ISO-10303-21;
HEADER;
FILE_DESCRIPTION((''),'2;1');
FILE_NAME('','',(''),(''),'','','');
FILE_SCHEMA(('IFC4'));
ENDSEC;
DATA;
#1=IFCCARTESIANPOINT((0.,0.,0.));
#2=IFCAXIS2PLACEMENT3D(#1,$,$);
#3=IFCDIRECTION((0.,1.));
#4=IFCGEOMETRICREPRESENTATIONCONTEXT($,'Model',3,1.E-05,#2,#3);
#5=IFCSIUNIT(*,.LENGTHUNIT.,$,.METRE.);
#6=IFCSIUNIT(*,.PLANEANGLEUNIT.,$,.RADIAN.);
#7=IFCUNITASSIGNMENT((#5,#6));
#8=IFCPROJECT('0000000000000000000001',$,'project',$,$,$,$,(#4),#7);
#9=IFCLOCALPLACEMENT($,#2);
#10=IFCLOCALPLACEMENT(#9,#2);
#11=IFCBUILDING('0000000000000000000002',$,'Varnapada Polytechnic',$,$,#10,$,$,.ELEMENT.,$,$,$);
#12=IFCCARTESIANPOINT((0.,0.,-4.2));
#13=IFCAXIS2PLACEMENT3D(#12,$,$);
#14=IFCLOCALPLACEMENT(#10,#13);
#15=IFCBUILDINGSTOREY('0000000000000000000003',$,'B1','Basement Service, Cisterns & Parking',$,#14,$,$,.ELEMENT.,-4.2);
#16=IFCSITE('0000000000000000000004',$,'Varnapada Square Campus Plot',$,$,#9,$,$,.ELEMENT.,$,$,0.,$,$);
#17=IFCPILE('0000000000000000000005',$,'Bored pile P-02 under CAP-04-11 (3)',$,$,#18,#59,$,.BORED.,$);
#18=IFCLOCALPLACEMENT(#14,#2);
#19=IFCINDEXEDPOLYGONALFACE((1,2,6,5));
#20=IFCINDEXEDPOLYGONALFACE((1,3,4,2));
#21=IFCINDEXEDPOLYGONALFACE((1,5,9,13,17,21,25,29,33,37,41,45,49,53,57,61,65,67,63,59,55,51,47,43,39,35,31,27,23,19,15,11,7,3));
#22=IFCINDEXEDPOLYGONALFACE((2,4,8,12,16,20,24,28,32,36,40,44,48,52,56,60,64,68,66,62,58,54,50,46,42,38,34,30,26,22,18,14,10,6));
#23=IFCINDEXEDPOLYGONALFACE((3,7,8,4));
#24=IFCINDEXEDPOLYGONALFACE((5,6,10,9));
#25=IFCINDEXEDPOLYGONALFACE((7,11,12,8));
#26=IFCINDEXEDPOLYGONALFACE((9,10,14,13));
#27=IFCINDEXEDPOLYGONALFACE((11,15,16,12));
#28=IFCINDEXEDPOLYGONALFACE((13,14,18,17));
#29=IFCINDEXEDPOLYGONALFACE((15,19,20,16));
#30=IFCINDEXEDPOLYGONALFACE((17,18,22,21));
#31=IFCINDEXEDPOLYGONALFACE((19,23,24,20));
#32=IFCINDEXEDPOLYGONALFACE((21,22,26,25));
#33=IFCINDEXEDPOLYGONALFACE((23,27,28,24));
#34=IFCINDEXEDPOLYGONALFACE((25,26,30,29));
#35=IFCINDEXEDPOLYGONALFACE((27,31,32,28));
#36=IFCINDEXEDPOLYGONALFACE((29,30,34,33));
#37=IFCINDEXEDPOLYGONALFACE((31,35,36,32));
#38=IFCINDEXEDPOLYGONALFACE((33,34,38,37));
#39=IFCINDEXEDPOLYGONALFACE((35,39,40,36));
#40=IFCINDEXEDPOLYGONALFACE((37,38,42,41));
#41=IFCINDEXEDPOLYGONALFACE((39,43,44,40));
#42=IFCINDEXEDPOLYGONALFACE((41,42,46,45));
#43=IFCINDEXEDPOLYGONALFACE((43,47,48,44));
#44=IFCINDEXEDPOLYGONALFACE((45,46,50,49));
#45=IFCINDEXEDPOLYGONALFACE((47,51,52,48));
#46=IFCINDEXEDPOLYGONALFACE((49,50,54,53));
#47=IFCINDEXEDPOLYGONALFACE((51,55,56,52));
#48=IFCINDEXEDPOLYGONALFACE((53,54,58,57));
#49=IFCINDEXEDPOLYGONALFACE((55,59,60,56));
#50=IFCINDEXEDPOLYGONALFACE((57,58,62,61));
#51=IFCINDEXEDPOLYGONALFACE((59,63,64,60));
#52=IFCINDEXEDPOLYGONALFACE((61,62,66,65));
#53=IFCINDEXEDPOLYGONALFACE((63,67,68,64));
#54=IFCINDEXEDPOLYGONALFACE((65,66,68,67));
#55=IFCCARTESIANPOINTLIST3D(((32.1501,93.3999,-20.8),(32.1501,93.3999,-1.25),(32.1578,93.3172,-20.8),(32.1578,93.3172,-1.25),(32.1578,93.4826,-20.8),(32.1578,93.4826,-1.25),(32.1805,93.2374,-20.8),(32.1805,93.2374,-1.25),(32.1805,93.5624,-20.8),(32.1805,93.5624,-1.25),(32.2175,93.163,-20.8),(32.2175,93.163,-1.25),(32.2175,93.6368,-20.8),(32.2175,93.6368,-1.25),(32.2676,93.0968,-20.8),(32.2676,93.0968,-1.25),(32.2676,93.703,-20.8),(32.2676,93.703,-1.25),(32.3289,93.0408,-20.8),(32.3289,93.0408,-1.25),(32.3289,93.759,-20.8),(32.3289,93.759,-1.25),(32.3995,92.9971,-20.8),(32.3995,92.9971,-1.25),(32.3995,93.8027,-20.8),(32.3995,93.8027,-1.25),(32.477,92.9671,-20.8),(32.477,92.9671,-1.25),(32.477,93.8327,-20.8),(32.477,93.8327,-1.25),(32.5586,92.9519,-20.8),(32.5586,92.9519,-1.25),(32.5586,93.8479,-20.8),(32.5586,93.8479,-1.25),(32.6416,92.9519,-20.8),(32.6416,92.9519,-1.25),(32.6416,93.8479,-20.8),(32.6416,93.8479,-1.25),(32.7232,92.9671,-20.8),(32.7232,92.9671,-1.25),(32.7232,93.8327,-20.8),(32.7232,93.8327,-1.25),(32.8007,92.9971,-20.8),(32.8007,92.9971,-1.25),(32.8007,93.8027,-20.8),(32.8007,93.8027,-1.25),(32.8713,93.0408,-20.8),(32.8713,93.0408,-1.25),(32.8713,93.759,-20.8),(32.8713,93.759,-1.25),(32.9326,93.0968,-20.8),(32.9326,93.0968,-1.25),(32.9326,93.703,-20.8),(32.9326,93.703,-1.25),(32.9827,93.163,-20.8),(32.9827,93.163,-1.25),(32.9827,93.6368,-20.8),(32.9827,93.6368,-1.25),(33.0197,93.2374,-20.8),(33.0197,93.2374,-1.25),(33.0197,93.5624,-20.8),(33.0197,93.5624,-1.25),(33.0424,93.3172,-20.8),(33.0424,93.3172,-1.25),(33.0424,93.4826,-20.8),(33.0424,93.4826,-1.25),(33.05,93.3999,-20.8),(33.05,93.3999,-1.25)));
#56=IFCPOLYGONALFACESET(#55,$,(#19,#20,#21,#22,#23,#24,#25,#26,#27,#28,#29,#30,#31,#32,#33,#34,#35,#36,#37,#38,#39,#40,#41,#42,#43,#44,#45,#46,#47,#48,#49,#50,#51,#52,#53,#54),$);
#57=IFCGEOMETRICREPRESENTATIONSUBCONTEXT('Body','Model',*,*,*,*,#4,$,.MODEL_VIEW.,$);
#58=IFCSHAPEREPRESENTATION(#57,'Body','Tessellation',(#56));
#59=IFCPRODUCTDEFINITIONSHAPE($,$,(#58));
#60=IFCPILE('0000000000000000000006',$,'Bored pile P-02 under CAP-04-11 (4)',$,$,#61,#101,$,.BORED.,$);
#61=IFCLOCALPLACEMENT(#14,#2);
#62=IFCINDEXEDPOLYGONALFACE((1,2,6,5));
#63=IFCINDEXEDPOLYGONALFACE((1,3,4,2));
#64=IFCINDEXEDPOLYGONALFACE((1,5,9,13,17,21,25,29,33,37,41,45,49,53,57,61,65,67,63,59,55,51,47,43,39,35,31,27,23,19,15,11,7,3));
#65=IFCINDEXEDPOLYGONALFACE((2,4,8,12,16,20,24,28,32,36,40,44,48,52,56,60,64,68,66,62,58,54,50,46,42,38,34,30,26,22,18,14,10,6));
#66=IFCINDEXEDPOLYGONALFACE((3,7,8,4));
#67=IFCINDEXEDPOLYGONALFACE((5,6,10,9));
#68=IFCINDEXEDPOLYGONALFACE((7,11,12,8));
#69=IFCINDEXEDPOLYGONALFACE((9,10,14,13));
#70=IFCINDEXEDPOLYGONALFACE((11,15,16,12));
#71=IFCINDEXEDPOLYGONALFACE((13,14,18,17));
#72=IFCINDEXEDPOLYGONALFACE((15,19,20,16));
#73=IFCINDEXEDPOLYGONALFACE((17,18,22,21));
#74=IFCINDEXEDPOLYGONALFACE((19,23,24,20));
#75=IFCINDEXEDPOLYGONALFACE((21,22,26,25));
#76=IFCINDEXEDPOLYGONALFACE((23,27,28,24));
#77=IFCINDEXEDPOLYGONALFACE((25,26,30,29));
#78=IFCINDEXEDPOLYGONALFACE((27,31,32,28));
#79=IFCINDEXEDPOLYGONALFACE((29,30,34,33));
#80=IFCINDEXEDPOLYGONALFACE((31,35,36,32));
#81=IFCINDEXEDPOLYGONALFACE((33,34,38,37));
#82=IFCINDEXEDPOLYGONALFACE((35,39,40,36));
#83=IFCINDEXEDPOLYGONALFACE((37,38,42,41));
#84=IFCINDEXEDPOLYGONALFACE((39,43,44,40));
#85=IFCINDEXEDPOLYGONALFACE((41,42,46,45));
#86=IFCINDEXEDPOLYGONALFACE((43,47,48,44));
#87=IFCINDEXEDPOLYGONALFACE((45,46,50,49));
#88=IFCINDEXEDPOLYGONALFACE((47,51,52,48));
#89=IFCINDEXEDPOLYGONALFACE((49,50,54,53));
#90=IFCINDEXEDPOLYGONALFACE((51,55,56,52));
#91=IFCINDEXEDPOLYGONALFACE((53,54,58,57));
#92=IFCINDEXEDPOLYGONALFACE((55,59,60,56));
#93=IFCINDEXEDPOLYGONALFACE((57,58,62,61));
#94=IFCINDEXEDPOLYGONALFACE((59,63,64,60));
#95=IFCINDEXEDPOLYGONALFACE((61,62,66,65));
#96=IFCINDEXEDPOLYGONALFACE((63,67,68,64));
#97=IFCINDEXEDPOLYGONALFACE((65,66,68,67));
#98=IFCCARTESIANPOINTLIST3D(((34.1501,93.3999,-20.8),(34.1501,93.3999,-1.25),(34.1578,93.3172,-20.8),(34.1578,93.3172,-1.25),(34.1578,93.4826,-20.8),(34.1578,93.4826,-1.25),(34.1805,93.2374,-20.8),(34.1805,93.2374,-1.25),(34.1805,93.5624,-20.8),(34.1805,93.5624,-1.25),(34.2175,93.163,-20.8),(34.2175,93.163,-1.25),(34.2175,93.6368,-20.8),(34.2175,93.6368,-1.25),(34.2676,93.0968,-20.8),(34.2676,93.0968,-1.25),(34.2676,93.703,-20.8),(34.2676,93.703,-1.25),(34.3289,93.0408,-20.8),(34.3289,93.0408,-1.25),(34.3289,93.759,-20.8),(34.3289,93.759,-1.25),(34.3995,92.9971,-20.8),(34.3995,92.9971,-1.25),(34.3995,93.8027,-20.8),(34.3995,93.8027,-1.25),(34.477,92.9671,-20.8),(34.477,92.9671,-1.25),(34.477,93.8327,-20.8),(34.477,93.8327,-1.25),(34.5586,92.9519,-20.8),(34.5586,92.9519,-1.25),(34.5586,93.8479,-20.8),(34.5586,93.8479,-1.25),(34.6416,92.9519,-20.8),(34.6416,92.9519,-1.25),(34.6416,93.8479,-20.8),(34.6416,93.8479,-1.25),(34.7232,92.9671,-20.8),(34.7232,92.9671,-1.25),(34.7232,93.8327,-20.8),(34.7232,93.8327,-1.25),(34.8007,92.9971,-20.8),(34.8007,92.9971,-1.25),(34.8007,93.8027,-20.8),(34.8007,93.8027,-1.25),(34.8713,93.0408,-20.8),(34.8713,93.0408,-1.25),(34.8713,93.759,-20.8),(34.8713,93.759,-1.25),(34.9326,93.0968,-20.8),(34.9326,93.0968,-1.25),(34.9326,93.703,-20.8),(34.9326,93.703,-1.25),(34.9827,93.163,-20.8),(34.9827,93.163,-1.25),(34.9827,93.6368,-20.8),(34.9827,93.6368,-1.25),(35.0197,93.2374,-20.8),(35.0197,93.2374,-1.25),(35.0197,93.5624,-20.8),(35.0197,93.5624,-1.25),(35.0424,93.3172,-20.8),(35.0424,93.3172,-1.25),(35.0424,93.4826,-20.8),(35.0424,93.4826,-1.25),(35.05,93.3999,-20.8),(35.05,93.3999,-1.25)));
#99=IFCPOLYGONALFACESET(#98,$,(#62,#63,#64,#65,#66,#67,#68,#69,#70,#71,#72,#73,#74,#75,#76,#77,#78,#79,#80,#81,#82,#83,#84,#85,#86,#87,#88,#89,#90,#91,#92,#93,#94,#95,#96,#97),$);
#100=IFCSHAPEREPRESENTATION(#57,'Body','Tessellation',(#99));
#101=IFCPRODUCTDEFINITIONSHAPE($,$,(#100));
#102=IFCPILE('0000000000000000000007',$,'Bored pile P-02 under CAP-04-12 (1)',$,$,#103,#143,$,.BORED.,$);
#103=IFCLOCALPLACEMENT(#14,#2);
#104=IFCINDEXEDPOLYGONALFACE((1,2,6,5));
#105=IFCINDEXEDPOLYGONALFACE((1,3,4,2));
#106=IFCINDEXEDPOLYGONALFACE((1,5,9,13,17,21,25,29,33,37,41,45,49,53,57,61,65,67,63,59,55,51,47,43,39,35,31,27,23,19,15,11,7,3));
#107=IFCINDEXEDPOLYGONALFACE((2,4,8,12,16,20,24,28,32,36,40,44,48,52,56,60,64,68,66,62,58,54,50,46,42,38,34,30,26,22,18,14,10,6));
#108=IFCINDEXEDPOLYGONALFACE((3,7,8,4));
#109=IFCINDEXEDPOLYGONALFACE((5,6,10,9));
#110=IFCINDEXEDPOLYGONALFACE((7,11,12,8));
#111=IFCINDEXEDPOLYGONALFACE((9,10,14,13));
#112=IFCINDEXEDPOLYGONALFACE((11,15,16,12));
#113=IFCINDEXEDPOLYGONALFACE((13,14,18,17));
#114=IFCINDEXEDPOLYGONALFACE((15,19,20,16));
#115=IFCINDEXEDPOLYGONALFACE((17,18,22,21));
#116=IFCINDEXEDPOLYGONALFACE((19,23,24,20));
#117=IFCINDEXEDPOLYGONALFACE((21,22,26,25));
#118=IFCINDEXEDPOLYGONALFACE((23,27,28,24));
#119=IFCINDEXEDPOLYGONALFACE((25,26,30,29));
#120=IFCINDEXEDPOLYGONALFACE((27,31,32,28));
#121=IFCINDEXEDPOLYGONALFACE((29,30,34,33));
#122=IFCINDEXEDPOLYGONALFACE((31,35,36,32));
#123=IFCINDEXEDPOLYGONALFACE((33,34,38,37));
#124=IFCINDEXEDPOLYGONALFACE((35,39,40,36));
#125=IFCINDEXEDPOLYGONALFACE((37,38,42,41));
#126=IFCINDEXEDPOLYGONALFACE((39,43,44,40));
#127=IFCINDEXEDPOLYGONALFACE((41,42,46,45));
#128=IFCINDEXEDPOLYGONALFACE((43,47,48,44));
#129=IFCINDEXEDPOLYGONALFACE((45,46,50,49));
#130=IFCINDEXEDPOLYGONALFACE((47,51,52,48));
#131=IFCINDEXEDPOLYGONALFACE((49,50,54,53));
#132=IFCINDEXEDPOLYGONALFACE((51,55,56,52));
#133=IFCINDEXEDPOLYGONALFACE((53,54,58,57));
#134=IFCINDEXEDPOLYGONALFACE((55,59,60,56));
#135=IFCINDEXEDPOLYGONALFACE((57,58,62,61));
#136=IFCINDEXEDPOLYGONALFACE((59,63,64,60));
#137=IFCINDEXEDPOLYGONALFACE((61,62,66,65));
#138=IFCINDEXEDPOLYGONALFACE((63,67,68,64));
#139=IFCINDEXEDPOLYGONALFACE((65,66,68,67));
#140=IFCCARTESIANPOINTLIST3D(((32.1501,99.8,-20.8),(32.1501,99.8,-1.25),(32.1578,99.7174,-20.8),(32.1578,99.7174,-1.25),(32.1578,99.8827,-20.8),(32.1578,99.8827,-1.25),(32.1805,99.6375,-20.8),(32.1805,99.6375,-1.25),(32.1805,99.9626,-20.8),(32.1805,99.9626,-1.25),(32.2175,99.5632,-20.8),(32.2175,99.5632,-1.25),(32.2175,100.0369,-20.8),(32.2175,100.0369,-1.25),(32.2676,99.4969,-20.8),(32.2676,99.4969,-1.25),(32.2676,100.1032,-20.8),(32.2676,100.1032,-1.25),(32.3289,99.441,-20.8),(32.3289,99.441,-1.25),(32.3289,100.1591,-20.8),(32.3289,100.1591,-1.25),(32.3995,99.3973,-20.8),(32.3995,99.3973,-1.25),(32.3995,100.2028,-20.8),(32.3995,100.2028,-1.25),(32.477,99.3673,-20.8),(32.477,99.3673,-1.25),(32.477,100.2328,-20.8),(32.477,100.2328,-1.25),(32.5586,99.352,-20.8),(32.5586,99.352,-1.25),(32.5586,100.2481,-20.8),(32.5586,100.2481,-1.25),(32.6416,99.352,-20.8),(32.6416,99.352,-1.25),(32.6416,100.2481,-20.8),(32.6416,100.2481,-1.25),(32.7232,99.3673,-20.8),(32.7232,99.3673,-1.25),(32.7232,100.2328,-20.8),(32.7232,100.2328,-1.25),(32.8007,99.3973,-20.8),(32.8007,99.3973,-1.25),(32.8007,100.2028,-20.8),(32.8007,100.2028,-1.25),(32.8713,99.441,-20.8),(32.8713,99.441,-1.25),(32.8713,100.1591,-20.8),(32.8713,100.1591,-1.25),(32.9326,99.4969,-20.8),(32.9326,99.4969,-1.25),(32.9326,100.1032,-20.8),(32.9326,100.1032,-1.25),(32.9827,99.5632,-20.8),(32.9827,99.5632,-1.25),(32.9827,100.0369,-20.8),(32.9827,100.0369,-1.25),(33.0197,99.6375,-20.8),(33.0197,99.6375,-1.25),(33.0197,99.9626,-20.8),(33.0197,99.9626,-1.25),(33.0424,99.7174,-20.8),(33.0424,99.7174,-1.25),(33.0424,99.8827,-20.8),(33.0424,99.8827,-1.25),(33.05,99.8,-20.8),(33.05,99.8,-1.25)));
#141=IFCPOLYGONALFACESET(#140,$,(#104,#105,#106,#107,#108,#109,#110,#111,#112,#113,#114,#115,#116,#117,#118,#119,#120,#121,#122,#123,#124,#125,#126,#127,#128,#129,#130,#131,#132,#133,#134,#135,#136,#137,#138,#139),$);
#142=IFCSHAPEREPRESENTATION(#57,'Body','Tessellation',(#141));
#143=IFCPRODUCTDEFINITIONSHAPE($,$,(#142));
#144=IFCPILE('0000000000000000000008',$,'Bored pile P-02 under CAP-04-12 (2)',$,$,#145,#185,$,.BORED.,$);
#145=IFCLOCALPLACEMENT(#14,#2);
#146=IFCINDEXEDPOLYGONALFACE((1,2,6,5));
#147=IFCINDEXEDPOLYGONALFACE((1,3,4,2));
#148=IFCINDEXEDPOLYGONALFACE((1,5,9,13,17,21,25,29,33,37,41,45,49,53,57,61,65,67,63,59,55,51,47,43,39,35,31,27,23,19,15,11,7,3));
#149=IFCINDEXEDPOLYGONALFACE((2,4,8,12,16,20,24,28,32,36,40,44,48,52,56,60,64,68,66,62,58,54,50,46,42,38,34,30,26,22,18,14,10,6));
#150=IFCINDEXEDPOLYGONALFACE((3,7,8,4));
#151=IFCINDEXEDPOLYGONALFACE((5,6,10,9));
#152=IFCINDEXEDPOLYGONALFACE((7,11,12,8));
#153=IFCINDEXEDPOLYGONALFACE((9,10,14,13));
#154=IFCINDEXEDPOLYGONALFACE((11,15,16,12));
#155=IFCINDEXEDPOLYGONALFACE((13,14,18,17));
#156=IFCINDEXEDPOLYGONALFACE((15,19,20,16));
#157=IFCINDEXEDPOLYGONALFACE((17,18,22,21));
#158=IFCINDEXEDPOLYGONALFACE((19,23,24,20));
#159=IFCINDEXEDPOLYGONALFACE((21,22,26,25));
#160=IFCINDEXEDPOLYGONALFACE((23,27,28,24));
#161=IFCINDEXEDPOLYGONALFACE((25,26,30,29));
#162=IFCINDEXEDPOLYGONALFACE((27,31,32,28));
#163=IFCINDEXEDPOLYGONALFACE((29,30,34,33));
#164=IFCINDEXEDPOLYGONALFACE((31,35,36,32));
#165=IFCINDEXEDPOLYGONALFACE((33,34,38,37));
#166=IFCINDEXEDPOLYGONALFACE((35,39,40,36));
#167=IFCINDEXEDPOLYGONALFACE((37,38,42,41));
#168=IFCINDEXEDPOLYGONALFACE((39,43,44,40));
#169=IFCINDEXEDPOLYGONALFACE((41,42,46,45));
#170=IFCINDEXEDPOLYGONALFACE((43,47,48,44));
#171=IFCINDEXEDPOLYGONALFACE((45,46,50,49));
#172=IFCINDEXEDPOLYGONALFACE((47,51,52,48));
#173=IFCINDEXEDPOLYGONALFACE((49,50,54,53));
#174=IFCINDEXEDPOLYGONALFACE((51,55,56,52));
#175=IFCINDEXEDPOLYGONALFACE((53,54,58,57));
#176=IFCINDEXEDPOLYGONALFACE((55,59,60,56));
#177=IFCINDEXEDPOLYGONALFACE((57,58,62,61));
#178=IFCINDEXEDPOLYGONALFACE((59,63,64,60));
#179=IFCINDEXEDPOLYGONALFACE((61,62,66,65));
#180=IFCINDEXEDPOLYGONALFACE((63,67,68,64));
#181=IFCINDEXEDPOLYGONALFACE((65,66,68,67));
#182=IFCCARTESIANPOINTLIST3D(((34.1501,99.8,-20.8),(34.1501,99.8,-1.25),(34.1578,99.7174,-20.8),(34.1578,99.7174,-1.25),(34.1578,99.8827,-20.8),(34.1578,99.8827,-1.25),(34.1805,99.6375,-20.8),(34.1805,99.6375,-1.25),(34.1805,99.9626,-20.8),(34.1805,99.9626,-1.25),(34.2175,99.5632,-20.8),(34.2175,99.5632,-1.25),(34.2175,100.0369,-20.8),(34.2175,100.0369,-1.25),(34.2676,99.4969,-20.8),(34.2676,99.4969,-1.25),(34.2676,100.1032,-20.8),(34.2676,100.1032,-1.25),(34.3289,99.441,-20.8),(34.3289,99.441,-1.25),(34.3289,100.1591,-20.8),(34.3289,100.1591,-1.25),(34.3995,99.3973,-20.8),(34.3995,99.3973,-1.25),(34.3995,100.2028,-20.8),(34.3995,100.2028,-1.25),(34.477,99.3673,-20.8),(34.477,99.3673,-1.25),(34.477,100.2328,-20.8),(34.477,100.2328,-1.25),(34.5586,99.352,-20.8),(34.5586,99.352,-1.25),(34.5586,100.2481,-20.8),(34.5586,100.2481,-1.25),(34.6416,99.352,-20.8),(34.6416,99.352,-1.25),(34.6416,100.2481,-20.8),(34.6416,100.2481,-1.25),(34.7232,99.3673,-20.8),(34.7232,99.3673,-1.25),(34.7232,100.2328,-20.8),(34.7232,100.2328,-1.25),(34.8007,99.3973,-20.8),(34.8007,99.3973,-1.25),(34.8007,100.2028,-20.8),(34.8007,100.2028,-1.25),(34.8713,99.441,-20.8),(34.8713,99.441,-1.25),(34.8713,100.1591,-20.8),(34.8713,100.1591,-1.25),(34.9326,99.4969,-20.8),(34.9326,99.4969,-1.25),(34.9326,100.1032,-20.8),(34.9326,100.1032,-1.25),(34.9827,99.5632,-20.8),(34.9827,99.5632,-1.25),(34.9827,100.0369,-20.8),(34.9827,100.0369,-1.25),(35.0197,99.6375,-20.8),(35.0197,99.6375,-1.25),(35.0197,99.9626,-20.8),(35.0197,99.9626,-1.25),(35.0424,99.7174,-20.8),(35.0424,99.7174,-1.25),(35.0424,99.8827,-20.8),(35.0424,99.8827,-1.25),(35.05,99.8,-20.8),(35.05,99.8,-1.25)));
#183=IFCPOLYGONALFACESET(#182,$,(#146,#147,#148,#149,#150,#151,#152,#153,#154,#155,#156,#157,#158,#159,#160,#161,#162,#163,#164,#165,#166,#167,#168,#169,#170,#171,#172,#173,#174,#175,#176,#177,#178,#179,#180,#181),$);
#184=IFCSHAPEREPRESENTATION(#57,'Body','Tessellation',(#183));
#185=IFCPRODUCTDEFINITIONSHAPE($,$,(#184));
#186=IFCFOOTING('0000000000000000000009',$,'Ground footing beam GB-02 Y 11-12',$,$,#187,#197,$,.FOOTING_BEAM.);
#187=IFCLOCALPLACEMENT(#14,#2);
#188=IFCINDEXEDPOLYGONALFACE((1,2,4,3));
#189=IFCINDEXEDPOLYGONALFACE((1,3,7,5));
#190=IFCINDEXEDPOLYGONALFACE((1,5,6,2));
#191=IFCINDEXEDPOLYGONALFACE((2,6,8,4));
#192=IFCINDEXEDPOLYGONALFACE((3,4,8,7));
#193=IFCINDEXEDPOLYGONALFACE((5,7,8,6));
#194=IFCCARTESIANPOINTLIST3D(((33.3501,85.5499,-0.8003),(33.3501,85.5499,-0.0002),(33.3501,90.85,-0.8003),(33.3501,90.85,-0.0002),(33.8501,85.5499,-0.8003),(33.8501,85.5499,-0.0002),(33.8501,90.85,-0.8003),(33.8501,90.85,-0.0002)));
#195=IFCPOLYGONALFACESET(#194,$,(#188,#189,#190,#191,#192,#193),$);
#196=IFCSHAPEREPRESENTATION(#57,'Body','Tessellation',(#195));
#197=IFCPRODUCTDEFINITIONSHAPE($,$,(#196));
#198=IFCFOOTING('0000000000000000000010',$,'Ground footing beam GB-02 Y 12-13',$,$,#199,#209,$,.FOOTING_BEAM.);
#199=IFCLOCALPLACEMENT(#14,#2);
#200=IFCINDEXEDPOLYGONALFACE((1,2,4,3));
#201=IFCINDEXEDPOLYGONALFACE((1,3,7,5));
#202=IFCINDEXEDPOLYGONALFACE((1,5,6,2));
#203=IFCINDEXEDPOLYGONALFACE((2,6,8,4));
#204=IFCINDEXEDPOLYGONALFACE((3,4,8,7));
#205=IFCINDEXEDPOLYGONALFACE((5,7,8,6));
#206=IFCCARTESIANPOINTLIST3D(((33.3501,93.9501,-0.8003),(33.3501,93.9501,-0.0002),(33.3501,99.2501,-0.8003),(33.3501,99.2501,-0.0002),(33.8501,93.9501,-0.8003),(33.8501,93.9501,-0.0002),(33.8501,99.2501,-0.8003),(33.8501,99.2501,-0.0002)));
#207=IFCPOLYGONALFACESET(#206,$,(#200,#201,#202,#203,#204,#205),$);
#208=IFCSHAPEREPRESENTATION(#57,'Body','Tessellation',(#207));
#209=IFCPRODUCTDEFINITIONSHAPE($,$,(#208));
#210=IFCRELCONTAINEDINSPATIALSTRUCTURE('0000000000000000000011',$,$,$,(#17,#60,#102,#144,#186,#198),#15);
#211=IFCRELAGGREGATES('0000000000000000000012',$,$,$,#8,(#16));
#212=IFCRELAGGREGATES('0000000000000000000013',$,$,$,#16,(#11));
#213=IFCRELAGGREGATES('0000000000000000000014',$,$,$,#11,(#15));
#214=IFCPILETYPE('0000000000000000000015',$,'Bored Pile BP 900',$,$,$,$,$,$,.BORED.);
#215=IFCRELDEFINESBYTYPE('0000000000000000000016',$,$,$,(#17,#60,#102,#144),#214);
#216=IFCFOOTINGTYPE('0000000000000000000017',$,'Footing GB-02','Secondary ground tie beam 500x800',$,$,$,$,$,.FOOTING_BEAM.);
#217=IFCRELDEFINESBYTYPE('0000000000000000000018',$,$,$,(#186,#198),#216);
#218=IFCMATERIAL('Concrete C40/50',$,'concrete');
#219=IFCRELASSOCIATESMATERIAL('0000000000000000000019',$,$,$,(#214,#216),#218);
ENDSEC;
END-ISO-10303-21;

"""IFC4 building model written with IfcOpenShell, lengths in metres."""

from ifc_helpers import new_model, si_unit, direction, frame, origin, origin_2d, place, context, subcontext, project, spatial, rectangle, circle, extrude, material, material_profile, profile_set, type_object, element, save


model = new_model("IFC4")

# Units and contexts
model_context = context("Model", 3, precision=1e-05, world=origin(), true_north=direction((0.0, 1.0)))
body_context = subcontext(model_context, "Body", "Model", "MODEL_VIEW")
ifc_project = project(units=[si_unit("LENGTHUNIT", "METRE"), si_unit("PLANEANGLEUNIT", "RADIAN")], contexts=[model_context])

# Site, building, storey
site_placement = place(None, origin())
site = spatial("IfcSite", under=ifc_project, at=site_placement, Name="Varnapada Square Campus Plot", CompositionType="ELEMENT", RefElevation=0.0)
building_placement = place(site_placement, origin())
building = spatial("IfcBuilding", under=site, at=building_placement, Name="Varnapada Polytechnic", CompositionType="ELEMENT")
storey_placement = place(building_placement, frame((0.0, 0.0, -4.2)))
storey = spatial("IfcBuildingStorey", under=building, at=storey_placement, Name="B1", Description="Basement Service, Cisterns & Parking", CompositionType="ELEMENT", Elevation=-4.2)

# Piles
ifc_material_1 = material(Name="Concrete C40/50", Category="concrete")
ifc_material_profile_1 = material_profile(ifc_material_1, circle(Radius=0.45, at=origin_2d()), Name="BP 900")
ifc_profile_set_1 = profile_set([ifc_material_profile_1], Name="Concrete C40/50")
pile_type_1 = type_object("IfcPileType", Name="Bored Pile BP 900", PredefinedType="BORED", material=ifc_profile_set_1)
for number, where, z_axis, x_axis, name in (
    (1, (32.6001, 93.3999, -1.25), (0.0, 0.0, -1.0), (1.0, 0.0, 0.0), "Bored pile P-02 under CAP-04-11 (3)"),
    (2, (34.6001, 93.3999, -1.25), (0.0, 0.0, -1.0), (1.0, 0.0, 0.0), "Bored pile P-02 under CAP-04-11 (4)"),
    (3, (32.6001, 99.8, -1.25), (0.0, 0.0, -1.0), (1.0, 0.0, 0.0), "Bored pile P-02 under CAP-04-12 (1)"),
    (4, (34.6001, 99.8, -1.25), (0.0, 0.0, -1.0), (1.0, 0.0, 0.0), "Bored pile P-02 under CAP-04-12 (2)"),
):
    element("IfcPile", number, at=place(storey_placement, frame(where, z_axis=z_axis, x_axis=x_axis)), inside=storey, type_object=pile_type_1, Name=name, PredefinedType="BORED", context=body_context, shape_type="SweptSolid", body=[
        extrude(circle(Radius=0.45, at=origin_2d()), origin(), (0.0, 0.0, 1.0), 19.55),
    ])

# Footings
footing_type_1 = type_object("IfcFootingType", Name="Footing GB-02", Description="Secondary ground tie beam 500x800", PredefinedType="FOOTING_BEAM", material=ifc_material_1)
for number, where, z_axis, x_axis, name in (
    (5, (33.6001, 88.2, -0.8003), (0.0, 0.0, 1.0), (0.0, 1.0, 0.0), "Ground footing beam GB-02 Y 11-12"),
    (6, (33.6001, 96.6001, -0.8003), (0.0, 0.0, 1.0), (0.0, 1.0, 0.0), "Ground footing beam GB-02 Y 12-13"),
):
    element("IfcFooting", number, at=place(storey_placement, frame(where, z_axis=z_axis, x_axis=x_axis)), inside=storey, type_object=footing_type_1, Name=name, PredefinedType="FOOTING_BEAM", context=body_context, shape_type="SweptSolid", body=[
        extrude(rectangle(XDim=5.3, YDim=0.5, at=origin_2d()), origin(), (0.0, 0.0, 1.0), 0.8),
    ])

save(model, "model.ifc")
